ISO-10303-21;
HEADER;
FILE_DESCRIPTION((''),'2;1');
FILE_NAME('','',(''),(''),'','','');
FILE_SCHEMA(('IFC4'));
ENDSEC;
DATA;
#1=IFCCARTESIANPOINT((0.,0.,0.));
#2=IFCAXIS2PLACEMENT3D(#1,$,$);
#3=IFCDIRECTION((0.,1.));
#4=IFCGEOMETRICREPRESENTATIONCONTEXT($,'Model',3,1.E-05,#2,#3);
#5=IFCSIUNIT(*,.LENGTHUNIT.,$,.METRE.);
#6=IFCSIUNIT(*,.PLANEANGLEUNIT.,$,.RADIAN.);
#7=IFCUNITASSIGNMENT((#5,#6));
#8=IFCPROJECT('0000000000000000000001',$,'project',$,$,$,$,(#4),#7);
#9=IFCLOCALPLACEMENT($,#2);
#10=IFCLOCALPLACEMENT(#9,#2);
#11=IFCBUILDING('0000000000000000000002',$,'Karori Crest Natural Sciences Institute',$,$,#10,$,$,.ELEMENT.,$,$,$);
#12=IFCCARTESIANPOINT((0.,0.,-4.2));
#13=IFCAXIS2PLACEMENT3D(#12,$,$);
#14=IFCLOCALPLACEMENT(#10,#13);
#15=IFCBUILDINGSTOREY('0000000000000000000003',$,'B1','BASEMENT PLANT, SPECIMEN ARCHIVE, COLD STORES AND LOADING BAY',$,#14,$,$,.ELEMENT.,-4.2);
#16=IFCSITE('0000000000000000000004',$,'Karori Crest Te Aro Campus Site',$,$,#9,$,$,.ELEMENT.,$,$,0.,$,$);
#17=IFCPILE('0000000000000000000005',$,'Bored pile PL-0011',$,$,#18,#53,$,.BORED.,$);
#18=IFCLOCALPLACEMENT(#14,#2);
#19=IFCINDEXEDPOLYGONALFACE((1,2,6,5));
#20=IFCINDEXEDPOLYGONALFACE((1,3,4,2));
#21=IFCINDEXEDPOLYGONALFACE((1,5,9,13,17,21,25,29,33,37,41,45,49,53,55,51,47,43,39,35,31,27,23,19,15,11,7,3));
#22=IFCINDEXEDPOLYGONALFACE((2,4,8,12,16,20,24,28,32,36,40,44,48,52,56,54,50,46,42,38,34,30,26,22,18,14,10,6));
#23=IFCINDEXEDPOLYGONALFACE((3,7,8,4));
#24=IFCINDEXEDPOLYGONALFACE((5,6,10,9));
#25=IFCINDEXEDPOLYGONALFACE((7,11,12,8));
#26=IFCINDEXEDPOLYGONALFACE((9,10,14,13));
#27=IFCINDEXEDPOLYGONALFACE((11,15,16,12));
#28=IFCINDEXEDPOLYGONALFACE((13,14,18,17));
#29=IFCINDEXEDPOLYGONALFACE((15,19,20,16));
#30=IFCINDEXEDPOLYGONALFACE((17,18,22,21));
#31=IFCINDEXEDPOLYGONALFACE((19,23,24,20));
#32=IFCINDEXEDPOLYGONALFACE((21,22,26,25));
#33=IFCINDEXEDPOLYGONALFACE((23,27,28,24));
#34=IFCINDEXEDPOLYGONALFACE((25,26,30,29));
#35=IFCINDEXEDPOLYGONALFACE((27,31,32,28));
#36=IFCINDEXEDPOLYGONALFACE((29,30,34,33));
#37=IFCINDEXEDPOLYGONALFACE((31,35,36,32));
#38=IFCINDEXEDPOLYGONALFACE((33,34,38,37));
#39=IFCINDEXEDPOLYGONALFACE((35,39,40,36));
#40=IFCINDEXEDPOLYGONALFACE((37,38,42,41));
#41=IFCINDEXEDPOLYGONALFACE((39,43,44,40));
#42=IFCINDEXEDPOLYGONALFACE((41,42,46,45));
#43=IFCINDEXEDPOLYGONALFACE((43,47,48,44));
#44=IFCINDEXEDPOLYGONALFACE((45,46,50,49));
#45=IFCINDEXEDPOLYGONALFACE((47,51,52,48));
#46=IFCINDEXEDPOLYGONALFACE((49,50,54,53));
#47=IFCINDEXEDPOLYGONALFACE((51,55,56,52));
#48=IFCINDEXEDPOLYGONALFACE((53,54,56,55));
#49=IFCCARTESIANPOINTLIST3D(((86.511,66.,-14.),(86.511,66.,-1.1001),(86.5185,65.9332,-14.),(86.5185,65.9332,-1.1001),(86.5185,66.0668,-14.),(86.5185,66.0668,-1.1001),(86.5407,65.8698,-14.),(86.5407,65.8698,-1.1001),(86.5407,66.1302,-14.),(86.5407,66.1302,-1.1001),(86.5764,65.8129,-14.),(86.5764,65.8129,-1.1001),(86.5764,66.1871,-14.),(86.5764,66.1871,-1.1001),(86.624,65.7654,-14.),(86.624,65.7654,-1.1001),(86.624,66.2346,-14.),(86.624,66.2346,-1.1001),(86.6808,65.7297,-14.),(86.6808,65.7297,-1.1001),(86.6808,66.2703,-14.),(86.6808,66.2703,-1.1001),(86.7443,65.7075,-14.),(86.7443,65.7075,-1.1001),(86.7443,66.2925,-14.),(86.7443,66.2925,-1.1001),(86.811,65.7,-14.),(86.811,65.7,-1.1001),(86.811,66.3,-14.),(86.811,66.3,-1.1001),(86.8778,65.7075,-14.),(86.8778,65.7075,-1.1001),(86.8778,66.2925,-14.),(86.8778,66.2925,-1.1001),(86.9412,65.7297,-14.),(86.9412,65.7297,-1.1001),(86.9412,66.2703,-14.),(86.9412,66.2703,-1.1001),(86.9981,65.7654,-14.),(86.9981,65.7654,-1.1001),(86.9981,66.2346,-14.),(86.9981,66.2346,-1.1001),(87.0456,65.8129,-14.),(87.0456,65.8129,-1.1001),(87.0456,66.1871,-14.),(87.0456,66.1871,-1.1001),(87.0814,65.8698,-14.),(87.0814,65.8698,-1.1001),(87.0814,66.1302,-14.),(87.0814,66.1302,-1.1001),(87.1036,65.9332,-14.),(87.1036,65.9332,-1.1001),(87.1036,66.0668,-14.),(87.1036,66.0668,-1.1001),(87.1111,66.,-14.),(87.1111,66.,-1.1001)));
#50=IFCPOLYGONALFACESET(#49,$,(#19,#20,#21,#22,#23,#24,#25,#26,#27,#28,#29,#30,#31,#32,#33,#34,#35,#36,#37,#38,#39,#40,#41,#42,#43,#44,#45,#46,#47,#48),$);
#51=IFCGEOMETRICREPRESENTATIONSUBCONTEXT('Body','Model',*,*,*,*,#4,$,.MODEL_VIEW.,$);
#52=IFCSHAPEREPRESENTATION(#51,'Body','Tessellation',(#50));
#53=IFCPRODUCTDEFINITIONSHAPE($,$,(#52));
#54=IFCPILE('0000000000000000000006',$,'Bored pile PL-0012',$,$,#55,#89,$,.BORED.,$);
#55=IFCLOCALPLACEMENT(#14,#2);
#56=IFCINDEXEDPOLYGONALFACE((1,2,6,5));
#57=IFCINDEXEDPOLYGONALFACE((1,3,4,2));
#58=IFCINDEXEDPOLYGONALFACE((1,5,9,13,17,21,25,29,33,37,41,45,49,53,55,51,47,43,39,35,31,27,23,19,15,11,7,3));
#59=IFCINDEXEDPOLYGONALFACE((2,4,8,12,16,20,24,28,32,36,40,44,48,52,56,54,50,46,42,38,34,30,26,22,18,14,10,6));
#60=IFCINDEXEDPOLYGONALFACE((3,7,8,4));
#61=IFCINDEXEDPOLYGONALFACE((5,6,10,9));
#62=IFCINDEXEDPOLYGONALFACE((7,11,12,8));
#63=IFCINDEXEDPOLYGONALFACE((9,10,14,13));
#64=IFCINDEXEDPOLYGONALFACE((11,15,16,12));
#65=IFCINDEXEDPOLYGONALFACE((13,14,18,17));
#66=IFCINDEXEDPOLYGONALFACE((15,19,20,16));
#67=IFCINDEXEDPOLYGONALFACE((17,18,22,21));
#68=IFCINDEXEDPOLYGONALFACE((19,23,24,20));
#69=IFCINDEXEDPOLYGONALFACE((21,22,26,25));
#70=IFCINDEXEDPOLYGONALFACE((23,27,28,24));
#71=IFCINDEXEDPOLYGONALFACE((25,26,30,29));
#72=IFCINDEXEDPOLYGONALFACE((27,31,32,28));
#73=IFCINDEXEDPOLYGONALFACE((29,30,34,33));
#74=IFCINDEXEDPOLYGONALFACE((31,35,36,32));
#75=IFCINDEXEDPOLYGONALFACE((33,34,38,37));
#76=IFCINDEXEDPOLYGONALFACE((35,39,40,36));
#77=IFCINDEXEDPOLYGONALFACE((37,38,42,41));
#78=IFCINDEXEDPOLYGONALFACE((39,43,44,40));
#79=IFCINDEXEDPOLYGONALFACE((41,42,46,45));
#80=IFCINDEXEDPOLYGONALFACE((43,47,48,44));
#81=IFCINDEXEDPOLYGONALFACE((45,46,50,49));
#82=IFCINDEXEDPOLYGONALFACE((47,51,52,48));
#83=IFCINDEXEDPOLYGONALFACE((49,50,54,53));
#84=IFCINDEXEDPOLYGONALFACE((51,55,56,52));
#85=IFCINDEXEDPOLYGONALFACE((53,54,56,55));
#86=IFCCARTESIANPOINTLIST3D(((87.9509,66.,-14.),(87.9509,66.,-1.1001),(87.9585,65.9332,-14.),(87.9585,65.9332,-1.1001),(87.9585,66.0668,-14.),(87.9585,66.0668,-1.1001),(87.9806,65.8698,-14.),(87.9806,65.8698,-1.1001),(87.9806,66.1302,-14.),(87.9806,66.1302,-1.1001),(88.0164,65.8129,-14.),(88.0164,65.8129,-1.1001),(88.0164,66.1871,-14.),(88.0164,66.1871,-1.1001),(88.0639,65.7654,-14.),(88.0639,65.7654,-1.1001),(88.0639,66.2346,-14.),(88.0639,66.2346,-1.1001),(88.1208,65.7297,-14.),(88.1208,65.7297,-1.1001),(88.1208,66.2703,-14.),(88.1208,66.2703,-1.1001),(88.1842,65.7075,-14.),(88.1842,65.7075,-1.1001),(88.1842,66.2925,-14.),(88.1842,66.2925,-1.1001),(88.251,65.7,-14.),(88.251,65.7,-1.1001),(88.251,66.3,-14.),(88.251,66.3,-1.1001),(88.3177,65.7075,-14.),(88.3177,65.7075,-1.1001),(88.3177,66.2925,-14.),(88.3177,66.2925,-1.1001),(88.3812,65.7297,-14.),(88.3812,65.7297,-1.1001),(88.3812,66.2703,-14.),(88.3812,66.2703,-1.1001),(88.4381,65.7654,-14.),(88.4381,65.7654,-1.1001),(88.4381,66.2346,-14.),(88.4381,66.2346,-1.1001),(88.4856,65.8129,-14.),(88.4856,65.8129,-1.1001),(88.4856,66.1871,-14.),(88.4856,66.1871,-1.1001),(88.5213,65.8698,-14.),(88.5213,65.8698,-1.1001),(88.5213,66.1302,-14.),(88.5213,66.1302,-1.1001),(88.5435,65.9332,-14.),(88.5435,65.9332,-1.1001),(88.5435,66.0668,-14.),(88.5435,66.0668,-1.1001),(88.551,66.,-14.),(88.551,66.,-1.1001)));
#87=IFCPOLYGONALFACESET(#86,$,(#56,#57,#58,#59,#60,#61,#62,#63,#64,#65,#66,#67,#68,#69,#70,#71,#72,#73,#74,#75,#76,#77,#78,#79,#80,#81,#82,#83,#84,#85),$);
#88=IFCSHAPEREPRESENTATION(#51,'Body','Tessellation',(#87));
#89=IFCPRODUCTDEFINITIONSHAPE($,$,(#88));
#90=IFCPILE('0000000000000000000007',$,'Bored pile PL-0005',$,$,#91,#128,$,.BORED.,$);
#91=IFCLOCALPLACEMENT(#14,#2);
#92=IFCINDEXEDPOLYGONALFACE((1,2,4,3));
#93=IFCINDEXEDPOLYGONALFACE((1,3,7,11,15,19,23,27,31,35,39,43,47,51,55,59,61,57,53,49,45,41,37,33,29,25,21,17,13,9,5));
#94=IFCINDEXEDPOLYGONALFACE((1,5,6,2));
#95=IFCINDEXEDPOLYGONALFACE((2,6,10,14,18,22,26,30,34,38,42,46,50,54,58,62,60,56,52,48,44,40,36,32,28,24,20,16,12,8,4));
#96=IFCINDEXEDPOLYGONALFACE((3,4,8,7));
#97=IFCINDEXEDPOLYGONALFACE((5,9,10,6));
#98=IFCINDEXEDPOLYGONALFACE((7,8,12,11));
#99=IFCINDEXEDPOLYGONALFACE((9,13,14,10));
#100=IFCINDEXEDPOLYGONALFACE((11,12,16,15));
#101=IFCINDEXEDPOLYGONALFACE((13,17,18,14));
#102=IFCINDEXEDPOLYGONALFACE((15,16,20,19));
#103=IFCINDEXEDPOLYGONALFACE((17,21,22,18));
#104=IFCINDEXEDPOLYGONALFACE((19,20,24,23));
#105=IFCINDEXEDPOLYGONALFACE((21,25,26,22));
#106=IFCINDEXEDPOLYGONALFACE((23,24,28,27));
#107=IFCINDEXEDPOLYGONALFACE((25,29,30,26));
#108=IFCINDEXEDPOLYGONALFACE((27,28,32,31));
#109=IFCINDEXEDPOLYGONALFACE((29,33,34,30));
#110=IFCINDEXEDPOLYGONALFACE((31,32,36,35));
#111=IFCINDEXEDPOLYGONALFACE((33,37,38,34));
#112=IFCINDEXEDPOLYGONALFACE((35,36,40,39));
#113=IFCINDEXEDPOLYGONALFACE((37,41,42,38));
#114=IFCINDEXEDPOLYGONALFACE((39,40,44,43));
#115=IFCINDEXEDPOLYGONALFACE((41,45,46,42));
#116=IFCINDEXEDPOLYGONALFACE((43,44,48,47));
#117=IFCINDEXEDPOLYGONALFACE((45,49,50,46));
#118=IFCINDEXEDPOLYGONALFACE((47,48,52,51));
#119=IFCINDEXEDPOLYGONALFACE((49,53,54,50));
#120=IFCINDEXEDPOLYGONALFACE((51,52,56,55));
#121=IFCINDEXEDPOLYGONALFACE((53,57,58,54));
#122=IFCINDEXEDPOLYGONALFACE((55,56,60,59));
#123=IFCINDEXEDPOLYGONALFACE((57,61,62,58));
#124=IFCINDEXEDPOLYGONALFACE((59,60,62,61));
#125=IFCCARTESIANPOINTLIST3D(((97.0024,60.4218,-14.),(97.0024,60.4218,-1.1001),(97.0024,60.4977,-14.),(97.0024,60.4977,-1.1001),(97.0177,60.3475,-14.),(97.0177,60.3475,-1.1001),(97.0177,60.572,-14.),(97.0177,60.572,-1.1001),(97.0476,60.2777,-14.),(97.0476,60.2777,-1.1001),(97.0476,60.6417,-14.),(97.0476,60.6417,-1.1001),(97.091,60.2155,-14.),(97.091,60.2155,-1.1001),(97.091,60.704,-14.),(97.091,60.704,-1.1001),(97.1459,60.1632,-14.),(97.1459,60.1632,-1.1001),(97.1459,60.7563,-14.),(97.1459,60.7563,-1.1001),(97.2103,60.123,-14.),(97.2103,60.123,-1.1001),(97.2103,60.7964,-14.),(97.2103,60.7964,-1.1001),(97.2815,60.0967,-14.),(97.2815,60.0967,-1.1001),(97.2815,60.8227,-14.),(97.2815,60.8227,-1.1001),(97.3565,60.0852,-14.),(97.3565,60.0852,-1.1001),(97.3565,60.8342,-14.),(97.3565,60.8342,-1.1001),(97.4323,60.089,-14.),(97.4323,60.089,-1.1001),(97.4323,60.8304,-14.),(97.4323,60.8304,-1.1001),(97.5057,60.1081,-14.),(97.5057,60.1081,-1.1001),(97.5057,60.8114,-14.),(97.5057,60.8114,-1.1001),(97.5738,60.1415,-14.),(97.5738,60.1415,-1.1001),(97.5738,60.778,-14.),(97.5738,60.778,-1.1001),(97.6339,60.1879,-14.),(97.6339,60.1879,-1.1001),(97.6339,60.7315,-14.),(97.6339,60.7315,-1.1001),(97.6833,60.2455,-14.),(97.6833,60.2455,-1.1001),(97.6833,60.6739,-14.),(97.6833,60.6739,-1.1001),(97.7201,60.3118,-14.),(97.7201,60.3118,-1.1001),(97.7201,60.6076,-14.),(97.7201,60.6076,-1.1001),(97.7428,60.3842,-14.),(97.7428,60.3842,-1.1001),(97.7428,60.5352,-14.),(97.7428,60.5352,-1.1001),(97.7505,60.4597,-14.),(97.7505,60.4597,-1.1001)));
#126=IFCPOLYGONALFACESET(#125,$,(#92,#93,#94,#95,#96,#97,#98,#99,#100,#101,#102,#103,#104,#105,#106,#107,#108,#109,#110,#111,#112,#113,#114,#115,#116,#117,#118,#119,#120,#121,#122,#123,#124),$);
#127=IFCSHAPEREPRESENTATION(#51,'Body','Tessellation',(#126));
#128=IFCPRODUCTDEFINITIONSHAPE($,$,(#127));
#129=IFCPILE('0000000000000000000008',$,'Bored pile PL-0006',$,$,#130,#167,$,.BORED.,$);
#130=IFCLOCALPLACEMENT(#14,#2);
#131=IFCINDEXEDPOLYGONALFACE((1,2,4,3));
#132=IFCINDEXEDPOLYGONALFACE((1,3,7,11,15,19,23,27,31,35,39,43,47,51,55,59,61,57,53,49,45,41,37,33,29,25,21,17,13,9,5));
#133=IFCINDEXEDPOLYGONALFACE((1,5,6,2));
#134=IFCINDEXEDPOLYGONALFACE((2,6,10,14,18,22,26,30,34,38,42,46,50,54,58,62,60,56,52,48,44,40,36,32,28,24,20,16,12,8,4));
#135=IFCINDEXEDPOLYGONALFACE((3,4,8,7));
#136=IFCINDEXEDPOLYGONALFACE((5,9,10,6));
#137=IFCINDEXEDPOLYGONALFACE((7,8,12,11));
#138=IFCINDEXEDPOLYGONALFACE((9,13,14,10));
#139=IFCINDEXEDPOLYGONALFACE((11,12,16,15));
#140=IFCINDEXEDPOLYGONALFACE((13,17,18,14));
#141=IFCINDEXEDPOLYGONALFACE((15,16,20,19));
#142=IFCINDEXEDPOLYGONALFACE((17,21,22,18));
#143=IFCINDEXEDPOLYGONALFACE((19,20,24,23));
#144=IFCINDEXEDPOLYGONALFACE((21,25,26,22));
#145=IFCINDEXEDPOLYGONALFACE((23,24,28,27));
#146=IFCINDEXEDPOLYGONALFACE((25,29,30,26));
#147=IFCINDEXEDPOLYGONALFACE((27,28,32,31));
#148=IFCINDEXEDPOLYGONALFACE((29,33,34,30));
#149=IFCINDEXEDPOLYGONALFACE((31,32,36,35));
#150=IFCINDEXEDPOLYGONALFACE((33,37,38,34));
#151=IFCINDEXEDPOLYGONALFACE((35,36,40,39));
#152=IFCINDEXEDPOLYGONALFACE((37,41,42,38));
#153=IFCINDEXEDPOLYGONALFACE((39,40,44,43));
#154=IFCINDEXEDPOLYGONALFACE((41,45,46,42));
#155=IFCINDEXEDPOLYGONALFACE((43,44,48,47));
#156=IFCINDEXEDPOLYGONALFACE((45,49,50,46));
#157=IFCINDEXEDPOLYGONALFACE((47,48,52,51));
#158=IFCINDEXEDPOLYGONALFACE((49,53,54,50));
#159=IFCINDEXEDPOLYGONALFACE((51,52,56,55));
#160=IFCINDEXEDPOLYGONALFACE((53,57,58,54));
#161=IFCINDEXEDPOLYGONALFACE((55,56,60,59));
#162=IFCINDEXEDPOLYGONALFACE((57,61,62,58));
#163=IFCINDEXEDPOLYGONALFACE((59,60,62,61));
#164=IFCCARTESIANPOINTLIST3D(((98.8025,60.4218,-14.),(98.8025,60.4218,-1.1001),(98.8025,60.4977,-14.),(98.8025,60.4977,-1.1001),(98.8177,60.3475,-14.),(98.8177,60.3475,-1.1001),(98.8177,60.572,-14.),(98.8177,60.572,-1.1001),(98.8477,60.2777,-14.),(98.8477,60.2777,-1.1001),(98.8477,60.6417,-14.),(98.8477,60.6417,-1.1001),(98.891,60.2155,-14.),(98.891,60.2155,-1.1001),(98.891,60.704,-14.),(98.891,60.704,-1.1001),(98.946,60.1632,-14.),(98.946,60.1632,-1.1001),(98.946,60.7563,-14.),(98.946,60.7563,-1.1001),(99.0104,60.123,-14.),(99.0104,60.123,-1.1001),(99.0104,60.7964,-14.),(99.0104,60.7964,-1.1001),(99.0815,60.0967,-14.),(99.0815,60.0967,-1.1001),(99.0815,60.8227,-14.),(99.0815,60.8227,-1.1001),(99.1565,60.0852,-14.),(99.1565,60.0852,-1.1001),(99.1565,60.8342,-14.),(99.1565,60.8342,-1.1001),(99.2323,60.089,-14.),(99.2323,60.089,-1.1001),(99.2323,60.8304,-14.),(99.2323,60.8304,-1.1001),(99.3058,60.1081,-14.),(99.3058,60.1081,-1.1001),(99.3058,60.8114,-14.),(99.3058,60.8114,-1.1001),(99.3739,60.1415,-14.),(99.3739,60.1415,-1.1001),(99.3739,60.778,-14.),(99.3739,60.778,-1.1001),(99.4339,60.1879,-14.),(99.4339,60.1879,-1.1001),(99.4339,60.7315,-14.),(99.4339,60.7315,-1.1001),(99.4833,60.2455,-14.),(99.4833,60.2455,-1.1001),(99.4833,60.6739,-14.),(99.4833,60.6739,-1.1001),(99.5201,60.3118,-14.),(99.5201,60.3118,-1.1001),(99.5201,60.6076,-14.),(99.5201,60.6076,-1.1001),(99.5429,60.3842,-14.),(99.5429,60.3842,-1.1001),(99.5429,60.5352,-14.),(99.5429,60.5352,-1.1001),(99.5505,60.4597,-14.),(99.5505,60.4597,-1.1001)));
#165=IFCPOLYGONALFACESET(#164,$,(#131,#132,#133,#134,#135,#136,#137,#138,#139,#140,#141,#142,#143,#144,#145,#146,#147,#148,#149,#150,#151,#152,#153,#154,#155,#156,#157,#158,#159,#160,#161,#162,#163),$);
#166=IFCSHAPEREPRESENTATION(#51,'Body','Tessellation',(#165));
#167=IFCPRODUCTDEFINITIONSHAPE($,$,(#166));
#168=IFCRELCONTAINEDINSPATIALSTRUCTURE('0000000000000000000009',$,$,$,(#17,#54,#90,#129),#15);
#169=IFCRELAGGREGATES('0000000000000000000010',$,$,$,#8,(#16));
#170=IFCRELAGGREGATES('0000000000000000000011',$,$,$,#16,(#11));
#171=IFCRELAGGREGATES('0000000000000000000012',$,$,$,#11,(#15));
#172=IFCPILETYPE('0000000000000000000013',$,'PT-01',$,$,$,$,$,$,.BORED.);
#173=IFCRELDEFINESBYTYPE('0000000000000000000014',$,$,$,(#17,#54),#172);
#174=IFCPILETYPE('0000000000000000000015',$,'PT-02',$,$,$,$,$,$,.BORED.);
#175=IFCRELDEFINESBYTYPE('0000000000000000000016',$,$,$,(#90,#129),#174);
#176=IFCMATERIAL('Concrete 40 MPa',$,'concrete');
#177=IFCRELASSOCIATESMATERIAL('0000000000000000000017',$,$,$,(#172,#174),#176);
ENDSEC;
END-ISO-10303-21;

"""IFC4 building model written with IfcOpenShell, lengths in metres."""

from ifc_helpers import new_model, si_unit, direction, frame, origin, origin_2d, place, context, subcontext, project, spatial, circle, extrude, material, material_profile, profile_set, type_object, element, save


model = new_model("IFC4")

# Units and contexts
model_context = context("Model", 3, precision=1e-05, world=origin(), true_north=direction((0.0, 1.0)))
body_context = subcontext(model_context, "Body", "Model", "MODEL_VIEW")
ifc_project = project(units=[si_unit("LENGTHUNIT", "METRE"), si_unit("PLANEANGLEUNIT", "RADIAN")], contexts=[model_context])

# Site, building, storey
site_placement = place(None, origin())
site = spatial("IfcSite", under=ifc_project, at=site_placement, Name="Karori Crest Te Aro Campus Site", CompositionType="ELEMENT", RefElevation=0.0)
building_placement = place(site_placement, origin())
building = spatial("IfcBuilding", under=site, at=building_placement, Name="Karori Crest Natural Sciences Institute", CompositionType="ELEMENT")
storey_placement = place(building_placement, frame((0.0, 0.0, -4.2)))
storey = spatial("IfcBuildingStorey", under=building, at=storey_placement, Name="B1", Description="BASEMENT PLANT, SPECIMEN ARCHIVE, COLD STORES AND LOADING BAY", CompositionType="ELEMENT", Elevation=-4.2)

# Shared definitions
ifc_material_1 = material(Name="Concrete 40 MPa", Category="concrete")

# Piles
ifc_material_profile_1 = material_profile(ifc_material_1, circle(Radius=0.3, at=origin_2d()), Name="PILE600")
ifc_profile_set_1 = profile_set([ifc_material_profile_1], Name="Concrete 40 MPa")
pile_type_1 = type_object("IfcPileType", Name="PT-01", PredefinedType="BORED", material=ifc_profile_set_1)
for number, where, z_axis, x_axis, name in (
    (1, (86.811, 66.0, -1.1001), (0.0, 0.0, -1.0), (1.0, 0.0, 0.0), "Bored pile PL-0011"),
    (2, (88.251, 66.0, -1.1001), (0.0, 0.0, -1.0), (1.0, 0.0, 0.0), "Bored pile PL-0012"),
):
    element("IfcPile", number, at=place(storey_placement, frame(where, z_axis=z_axis, x_axis=x_axis)), inside=storey, type_object=pile_type_1, Name=name, PredefinedType="BORED", context=body_context, shape_type="SweptSolid", body=[
        extrude(circle(Radius=0.3, at=origin_2d()), origin(), (0.0, 0.0, 1.0), 12.8999),
    ])
ifc_material_profile_2 = material_profile(ifc_material_1, circle(Radius=0.375, at=origin_2d()), Name="PILE750")
ifc_profile_set_2 = profile_set([ifc_material_profile_2], Name="Concrete 40 MPa")
pile_type_2 = type_object("IfcPileType", Name="PT-02", PredefinedType="BORED", material=ifc_profile_set_2)
for number, where, z_axis, x_axis, name in (
    (3, (97.3755, 60.4597, -1.1001), (0.0, 0.0, -1.0), (1.0, 0.0, 0.0), "Bored pile PL-0005"),
    (4, (99.1755, 60.4597, -1.1001), (0.0, 0.0, -1.0), (1.0, 0.0, 0.0), "Bored pile PL-0006"),
):
    element("IfcPile", number, at=place(storey_placement, frame(where, z_axis=z_axis, x_axis=x_axis)), inside=storey, type_object=pile_type_2, Name=name, PredefinedType="BORED", context=body_context, shape_type="SweptSolid", body=[
        extrude(circle(Radius=0.375, at=origin_2d()), origin(), (0.0, 0.0, 1.0), 12.8999),
    ])

save(model, "model.ifc")
